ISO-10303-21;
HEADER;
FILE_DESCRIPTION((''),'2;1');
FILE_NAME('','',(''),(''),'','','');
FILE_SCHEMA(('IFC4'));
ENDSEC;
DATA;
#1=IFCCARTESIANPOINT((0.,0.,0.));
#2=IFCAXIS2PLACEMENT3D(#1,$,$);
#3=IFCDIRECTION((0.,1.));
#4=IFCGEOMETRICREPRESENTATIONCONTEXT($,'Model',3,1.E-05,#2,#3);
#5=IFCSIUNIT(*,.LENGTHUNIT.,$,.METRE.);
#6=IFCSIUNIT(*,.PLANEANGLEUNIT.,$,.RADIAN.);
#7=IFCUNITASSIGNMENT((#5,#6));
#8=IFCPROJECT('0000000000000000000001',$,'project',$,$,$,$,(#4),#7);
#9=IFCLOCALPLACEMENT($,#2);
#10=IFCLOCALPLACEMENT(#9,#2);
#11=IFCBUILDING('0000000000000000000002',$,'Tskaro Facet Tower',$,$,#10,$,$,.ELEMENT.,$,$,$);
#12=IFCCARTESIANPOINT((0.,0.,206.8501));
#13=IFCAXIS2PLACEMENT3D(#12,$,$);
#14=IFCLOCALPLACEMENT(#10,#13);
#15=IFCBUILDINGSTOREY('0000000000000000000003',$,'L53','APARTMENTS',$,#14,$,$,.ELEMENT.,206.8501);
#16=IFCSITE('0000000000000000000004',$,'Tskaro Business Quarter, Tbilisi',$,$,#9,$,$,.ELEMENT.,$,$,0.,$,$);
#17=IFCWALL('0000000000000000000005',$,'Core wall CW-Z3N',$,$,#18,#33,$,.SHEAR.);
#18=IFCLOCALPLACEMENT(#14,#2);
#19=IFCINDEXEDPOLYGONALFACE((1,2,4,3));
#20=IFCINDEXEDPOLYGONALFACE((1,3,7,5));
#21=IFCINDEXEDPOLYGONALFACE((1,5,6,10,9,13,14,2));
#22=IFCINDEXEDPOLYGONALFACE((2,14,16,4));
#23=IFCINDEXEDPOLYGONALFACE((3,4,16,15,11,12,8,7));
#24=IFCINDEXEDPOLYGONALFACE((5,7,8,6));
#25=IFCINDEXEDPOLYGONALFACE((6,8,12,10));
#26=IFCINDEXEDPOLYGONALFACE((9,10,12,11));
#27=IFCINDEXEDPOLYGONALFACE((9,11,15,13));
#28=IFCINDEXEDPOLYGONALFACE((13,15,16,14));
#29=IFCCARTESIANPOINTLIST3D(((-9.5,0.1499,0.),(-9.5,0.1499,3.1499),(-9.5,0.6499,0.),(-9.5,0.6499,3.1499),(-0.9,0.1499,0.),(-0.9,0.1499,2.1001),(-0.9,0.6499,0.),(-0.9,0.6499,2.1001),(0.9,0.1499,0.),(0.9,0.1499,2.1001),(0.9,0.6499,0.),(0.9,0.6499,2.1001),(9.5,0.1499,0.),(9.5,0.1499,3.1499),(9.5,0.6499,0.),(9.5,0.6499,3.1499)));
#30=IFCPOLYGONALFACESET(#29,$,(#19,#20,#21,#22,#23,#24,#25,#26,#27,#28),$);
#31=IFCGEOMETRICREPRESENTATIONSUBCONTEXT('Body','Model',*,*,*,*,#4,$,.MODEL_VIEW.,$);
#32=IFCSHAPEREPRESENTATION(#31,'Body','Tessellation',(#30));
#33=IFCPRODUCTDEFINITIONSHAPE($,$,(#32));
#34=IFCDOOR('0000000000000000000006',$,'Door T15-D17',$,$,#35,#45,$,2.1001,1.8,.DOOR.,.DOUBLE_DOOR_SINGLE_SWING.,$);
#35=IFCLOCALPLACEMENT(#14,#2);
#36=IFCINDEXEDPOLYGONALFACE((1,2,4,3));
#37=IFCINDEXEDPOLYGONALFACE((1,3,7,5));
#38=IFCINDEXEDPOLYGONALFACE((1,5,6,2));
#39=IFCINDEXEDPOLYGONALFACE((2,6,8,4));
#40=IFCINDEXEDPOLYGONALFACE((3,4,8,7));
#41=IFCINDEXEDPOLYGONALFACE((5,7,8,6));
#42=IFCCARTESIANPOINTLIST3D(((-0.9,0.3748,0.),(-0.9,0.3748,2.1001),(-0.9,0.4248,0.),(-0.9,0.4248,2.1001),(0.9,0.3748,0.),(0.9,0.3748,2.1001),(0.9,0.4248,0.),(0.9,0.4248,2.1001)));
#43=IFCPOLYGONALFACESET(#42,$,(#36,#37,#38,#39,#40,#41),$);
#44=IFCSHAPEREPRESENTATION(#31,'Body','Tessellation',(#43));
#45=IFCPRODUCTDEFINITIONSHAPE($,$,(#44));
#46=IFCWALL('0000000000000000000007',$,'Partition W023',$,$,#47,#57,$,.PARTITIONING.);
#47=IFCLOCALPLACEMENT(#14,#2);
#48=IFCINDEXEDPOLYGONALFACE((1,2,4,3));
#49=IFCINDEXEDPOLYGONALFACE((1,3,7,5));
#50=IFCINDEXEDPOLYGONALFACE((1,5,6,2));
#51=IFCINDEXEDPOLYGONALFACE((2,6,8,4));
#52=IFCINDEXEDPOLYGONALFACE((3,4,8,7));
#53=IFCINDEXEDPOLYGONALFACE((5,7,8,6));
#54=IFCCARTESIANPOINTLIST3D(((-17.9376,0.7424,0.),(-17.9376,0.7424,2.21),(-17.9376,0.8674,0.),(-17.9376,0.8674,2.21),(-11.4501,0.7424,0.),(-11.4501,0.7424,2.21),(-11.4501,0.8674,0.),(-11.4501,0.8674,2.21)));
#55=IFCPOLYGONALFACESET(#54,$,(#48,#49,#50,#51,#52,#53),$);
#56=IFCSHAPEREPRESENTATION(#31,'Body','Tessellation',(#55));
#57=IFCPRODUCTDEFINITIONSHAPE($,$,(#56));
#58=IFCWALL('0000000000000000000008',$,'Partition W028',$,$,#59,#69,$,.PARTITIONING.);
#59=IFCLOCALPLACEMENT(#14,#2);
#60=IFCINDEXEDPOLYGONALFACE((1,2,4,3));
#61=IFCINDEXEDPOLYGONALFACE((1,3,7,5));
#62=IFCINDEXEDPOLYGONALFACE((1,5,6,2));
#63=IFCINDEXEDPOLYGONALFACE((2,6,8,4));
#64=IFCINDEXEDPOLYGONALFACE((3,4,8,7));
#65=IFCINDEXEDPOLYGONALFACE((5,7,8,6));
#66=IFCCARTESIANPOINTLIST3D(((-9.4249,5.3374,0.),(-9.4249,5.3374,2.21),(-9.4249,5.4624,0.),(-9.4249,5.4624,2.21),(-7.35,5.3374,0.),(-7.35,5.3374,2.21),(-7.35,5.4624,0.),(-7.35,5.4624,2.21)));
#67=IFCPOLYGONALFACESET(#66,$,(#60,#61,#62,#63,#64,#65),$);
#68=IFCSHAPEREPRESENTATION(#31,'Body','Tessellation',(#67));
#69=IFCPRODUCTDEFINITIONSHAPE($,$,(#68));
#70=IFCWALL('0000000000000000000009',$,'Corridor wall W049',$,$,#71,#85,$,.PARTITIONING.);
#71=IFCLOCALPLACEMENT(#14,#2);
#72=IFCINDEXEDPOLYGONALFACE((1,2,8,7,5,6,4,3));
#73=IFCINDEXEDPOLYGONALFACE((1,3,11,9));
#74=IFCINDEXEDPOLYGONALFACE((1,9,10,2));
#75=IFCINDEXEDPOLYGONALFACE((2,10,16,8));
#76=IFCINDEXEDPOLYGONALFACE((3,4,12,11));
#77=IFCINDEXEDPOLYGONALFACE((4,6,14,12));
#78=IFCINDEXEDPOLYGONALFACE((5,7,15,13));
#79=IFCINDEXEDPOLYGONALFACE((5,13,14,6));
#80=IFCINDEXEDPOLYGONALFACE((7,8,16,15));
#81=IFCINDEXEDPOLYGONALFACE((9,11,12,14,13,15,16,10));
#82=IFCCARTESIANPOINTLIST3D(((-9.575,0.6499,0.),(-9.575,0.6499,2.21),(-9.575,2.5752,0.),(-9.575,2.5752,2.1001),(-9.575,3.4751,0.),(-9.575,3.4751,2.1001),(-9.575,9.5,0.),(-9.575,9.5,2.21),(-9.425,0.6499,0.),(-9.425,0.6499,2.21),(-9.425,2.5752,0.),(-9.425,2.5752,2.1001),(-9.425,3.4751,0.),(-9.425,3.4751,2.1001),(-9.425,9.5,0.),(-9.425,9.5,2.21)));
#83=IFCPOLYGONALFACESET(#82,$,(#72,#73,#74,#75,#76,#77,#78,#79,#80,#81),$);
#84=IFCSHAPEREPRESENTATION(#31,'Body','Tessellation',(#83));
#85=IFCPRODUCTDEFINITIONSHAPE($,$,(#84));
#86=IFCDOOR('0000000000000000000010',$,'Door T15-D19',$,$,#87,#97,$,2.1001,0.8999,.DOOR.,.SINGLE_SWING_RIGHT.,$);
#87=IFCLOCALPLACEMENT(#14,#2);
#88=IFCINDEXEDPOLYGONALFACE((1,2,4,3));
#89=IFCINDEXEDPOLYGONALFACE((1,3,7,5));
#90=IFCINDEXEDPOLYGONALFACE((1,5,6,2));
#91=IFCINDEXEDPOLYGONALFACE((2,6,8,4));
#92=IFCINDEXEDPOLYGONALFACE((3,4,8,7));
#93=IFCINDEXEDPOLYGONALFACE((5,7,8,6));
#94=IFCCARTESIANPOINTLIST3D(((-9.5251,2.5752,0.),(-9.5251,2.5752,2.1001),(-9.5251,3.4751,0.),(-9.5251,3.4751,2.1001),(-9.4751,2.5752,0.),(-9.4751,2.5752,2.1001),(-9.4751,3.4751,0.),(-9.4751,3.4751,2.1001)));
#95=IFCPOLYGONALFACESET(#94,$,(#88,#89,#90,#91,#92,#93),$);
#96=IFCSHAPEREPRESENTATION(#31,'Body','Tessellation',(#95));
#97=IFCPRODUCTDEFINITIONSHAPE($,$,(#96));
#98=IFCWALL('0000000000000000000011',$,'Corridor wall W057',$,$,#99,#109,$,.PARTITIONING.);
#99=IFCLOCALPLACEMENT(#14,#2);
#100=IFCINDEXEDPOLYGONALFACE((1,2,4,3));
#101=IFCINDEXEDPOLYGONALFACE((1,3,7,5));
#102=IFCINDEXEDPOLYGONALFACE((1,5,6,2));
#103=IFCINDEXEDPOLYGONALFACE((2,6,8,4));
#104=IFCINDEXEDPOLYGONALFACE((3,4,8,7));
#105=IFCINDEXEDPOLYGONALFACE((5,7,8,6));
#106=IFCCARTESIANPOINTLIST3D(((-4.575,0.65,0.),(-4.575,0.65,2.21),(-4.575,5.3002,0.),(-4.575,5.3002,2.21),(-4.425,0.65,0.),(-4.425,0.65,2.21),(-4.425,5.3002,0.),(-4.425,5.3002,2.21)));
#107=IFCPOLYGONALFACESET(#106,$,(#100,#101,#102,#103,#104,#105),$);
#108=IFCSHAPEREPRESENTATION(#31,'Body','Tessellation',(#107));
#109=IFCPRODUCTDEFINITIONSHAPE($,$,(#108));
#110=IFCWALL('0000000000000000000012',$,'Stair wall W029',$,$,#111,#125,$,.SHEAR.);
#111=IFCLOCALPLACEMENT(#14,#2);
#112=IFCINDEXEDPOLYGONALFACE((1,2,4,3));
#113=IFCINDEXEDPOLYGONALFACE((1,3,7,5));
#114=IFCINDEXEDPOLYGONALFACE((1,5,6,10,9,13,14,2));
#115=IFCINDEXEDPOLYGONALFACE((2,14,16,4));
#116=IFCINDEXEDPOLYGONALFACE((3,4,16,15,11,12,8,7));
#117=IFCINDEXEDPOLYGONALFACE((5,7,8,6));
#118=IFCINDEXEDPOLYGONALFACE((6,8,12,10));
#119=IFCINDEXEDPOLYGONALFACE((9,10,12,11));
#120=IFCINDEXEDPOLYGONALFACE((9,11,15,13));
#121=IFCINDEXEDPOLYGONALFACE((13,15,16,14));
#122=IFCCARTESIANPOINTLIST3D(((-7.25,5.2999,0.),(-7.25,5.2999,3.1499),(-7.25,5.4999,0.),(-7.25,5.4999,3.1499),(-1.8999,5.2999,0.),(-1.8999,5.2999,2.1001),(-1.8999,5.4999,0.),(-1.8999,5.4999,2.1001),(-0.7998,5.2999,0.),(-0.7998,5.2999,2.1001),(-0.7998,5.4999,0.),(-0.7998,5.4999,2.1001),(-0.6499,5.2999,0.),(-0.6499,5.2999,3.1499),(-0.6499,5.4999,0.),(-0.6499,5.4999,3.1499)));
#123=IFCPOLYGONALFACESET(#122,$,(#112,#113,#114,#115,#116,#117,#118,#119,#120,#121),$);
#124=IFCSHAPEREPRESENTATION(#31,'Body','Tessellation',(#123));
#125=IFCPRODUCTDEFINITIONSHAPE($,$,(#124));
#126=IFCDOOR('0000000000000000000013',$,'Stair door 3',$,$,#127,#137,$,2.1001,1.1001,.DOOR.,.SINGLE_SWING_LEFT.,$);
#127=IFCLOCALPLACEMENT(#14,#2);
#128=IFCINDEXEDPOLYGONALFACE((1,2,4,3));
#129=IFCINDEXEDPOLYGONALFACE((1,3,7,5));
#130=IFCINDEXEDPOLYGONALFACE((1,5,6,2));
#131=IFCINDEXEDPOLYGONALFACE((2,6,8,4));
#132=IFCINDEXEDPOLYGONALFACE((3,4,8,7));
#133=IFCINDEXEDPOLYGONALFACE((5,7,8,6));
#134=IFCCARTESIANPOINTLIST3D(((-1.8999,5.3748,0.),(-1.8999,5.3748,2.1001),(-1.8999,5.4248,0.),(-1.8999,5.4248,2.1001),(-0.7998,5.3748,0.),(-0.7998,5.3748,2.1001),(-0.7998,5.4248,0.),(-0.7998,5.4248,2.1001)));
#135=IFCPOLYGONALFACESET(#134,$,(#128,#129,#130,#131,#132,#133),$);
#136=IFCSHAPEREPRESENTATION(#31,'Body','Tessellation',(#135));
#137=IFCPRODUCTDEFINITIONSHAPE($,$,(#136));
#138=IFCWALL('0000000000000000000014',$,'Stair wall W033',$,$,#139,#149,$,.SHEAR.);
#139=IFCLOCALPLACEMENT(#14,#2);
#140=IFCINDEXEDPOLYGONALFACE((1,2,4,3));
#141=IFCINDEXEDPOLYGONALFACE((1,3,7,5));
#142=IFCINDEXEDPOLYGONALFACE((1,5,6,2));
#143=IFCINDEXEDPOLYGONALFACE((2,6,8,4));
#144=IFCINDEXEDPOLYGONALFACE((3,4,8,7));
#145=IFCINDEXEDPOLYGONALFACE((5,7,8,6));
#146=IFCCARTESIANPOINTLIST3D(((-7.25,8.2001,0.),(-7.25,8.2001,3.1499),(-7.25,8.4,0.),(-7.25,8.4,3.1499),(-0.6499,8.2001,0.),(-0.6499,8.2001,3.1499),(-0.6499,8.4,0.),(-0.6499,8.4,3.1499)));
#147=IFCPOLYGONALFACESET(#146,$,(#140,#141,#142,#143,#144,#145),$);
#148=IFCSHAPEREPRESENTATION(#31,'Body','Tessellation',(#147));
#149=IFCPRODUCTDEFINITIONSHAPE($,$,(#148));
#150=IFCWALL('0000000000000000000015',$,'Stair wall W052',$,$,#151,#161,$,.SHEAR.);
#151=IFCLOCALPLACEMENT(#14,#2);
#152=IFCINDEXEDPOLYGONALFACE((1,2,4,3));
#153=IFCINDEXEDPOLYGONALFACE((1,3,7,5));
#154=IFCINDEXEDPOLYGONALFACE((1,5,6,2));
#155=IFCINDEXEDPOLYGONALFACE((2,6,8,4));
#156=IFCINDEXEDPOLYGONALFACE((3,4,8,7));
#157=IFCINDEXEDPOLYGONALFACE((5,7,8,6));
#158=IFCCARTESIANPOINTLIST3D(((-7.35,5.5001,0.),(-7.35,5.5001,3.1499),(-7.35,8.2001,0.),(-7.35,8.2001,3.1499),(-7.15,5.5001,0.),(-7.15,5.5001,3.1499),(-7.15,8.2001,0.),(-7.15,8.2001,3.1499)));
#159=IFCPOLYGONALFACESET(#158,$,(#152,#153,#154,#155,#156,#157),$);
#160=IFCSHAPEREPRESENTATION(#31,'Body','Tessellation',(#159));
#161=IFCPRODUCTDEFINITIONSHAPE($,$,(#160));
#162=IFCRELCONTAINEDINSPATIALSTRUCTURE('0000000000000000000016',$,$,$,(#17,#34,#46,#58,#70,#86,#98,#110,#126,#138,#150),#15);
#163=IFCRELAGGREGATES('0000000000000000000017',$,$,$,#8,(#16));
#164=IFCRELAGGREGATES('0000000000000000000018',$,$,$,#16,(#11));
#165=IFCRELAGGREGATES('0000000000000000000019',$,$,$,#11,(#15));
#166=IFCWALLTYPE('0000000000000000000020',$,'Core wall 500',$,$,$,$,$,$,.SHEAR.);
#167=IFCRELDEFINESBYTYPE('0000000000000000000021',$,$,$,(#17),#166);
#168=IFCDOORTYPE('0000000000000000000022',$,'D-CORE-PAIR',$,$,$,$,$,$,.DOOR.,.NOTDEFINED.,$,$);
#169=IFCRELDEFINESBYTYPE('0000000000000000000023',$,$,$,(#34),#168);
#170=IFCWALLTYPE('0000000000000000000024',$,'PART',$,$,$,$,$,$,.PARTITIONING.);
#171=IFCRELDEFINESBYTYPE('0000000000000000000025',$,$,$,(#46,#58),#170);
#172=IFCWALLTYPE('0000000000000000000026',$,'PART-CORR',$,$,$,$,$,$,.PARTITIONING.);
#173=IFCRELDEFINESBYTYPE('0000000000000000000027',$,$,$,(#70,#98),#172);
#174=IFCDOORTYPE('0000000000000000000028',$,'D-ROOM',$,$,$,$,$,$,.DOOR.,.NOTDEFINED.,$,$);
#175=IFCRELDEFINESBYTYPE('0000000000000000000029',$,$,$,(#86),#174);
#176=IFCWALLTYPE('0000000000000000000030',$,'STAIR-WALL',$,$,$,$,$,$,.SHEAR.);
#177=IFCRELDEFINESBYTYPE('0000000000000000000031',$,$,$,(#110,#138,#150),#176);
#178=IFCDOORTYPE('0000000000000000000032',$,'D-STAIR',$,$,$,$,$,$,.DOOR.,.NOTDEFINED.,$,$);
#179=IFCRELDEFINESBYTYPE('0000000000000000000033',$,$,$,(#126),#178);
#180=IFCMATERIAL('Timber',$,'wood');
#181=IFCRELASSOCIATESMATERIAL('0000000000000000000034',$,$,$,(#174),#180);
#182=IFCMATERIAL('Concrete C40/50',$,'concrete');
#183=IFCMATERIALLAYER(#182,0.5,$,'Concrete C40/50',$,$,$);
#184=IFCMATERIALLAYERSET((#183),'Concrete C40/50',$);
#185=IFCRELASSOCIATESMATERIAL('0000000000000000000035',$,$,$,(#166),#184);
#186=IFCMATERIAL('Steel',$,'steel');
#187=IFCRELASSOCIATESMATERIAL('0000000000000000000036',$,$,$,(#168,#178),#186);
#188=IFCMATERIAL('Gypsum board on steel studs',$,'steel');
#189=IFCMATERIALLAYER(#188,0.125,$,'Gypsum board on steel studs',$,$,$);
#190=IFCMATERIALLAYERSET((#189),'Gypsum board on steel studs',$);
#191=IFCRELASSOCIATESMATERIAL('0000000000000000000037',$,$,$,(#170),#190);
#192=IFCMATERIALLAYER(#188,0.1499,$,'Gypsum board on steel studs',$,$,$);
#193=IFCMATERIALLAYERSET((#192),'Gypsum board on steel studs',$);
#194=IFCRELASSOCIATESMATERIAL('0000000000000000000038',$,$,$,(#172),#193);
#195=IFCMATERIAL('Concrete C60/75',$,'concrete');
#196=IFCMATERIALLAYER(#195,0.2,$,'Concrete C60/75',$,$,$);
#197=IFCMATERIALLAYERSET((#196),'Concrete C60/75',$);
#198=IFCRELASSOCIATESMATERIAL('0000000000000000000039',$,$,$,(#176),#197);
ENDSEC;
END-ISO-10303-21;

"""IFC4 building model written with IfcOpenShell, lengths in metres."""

from ifc_helpers import new_model, si_unit, direction, frame, frame_2d, origin, place, context, subcontext, project, spatial, rectangle, extrude, material, layer, layer_set, type_object, element, fill, save


model = new_model("IFC4")

# Units and contexts
model_context = context("Model", 3, precision=1e-05, world=origin(), true_north=direction((0.0, 1.0)))
body_context = subcontext(model_context, "Body", "Model", "MODEL_VIEW")
ifc_project = project(units=[si_unit("LENGTHUNIT", "METRE"), si_unit("PLANEANGLEUNIT", "RADIAN")], contexts=[model_context])

# Site, building, storey
site_placement = place(None, origin())
site = spatial("IfcSite", under=ifc_project, at=site_placement, Name="Tskaro Business Quarter, Tbilisi", CompositionType="ELEMENT", RefElevation=0.0)
building_placement = place(site_placement, origin())
building = spatial("IfcBuilding", under=site, at=building_placement, Name="Tskaro Facet Tower", CompositionType="ELEMENT")
storey_placement = place(building_placement, frame((0.0, 0.0, 206.8501)))
storey = spatial("IfcBuildingStorey", under=building, at=storey_placement, Name="L53", Description="APARTMENTS", CompositionType="ELEMENT", Elevation=206.8501)

# Shared definitions
ifc_material_1 = material(Name="Timber", Category="wood")
door_type_1 = type_object("IfcDoorType", Name="D-ROOM", OperationType="NOTDEFINED", PredefinedType="DOOR", material=ifc_material_1)

# Wall, opening, door
ifc_material_2 = material(Name="Concrete C40/50", Category="concrete")
ifc_layer_1 = layer(ifc_material_2, 0.5, Name="Concrete C40/50")
ifc_layer_set_1 = layer_set([ifc_layer_1], Name="Concrete C40/50")
wall_type_1 = type_object("IfcWallType", Name="Core wall 500", PredefinedType="SHEAR", material=ifc_layer_set_1)
wall_1_placement = place(storey_placement, frame((-9.5, 0.3999, 0.0), z_axis=(0.0, 0.0, 1.0), x_axis=(1.0, 0.0, 0.0)))
wall_1 = element("IfcWall", 1, at=wall_1_placement, inside=storey, type_object=wall_type_1, Name="Core wall CW-Z3N", PredefinedType="SHEAR", context=body_context, shape_type="SweptSolid", body=[
    extrude(rectangle(XDim=19.0, YDim=0.5, at=frame_2d((9.5, 0.0))), origin(), (0.0, 0.0, 1.0), 3.1499),
])
opening_1_placement = place(wall_1_placement, frame((8.6001, 0.0, 0.0)))
opening_1 = element("IfcOpeningElement", 2, at=opening_1_placement, cuts=wall_1, PredefinedType="OPENING", context=body_context, shape_type="SweptSolid", body=[
    extrude(rectangle(XDim=1.8, YDim=2.1001, at=frame_2d((0.8999, 1.05))), frame((0.0, 0.26, 0.0), z_axis=(0.0, -1.0, 0.0), x_axis=(1.0, 0.0, 0.0)), (0.0, 0.0, 1.0), 0.52),
])
ifc_material_3 = material(Name="Steel", Category="steel")
door_type_2 = type_object("IfcDoorType", Name="D-CORE-PAIR", OperationType="NOTDEFINED", PredefinedType="DOOR", material=ifc_material_3)
door_1_placement = place(opening_1_placement, origin())
door_1 = element("IfcDoor", 3, at=door_1_placement, inside=storey, type_object=door_type_2, Name="Door T15-D17", OperationType="DOUBLE_DOOR_SINGLE_SWING", OverallHeight=2.1001, OverallWidth=1.8, PredefinedType="DOOR", context=body_context, shape_type="SweptSolid", body=[
    extrude(rectangle(XDim=1.8, YDim=2.1001, at=frame_2d((0.8999, 1.05))), frame((0.0, 0.0249, 0.0), z_axis=(0.0, -1.0, 0.0), x_axis=(1.0, 0.0, 0.0)), (0.0, 0.0, 1.0), 0.05),
])
fill(opening_1, door_1)

# Walls
ifc_material_4 = material(Name="Gypsum board on steel studs", Category="steel")
ifc_layer_2 = layer(ifc_material_4, 0.125, Name="Gypsum board on steel studs")
ifc_layer_set_2 = layer_set([ifc_layer_2], Name="Gypsum board on steel studs")
wall_type_2 = type_object("IfcWallType", Name="PART", PredefinedType="PARTITIONING", material=ifc_layer_set_2)
wall_2_placement = place(storey_placement, frame((-17.9375, 0.8049, 0.0), z_axis=(0.0, 0.0, 1.0), x_axis=(1.0, 0.0, 0.0)))
element("IfcWall", 4, at=wall_2_placement, inside=storey, type_object=wall_type_2, Name="Partition W023", PredefinedType="PARTITIONING", context=body_context, shape_type="SweptSolid", body=[
    extrude(rectangle(XDim=6.4875, YDim=0.125, at=frame_2d((3.2437, 0.0))), origin(), (0.0, 0.0, 1.0), 2.21),
])
wall_3_placement = place(storey_placement, frame((-9.425, 5.3999, 0.0), z_axis=(0.0, 0.0, 1.0), x_axis=(1.0, 0.0, 0.0)))
element("IfcWall", 5, at=wall_3_placement, inside=storey, type_object=wall_type_2, Name="Partition W028", PredefinedType="PARTITIONING", context=body_context, shape_type="SweptSolid", body=[
    extrude(rectangle(XDim=2.075, YDim=0.125, at=frame_2d((1.0376, 0.0))), origin(), (0.0, 0.0, 1.0), 2.21),
])

# Wall, opening, door
ifc_layer_3 = layer(ifc_material_4, 0.1499, Name="Gypsum board on steel studs")
ifc_layer_set_3 = layer_set([ifc_layer_3], Name="Gypsum board on steel studs")
wall_type_3 = type_object("IfcWallType", Name="PART-CORR", PredefinedType="PARTITIONING", material=ifc_layer_set_3)
wall_4_placement = place(storey_placement, frame((-9.5, 9.5, 0.0), z_axis=(0.0, 0.0, 1.0), x_axis=(0.0, -1.0, 0.0)))
wall_4 = element("IfcWall", 6, at=wall_4_placement, inside=storey, type_object=wall_type_3, Name="Corridor wall W049", PredefinedType="PARTITIONING", context=body_context, shape_type="SweptSolid", body=[
    extrude(rectangle(XDim=8.8501, YDim=0.1499, at=frame_2d((4.425, 0.0))), origin(), (0.0, 0.0, 1.0), 2.21),
])
opening_2_placement = place(wall_4_placement, frame((6.0249, 0.0, 0.0)))
opening_2 = element("IfcOpeningElement", 7, at=opening_2_placement, cuts=wall_4, PredefinedType="OPENING", context=body_context, shape_type="SweptSolid", body=[
    extrude(rectangle(XDim=0.8999, YDim=2.1001, at=frame_2d((0.45, 1.05))), frame((0.0, 0.085, 0.0), z_axis=(0.0, -1.0, 0.0), x_axis=(1.0, 0.0, 0.0)), (0.0, 0.0, 1.0), 0.1699),
])
door_2_placement = place(opening_2_placement, origin())
door_2 = element("IfcDoor", 8, at=door_2_placement, inside=storey, type_object=door_type_1, Name="Door T15-D19", OperationType="SINGLE_SWING_RIGHT", OverallHeight=2.1001, OverallWidth=0.8999, PredefinedType="DOOR", context=body_context, shape_type="SweptSolid", body=[
    extrude(rectangle(XDim=0.8999, YDim=2.1001, at=frame_2d((0.45, 1.05))), frame((0.0, 0.0249, 0.0), z_axis=(0.0, -1.0, 0.0), x_axis=(1.0, 0.0, 0.0)), (0.0, 0.0, 1.0), 0.05),
])
fill(opening_2, door_2)

# Wall
wall_5_placement = place(storey_placement, frame((-4.5, 0.6499, 0.0), z_axis=(0.0, 0.0, 1.0), x_axis=(0.0, 1.0, 0.0)))
element("IfcWall", 9, at=wall_5_placement, inside=storey, type_object=wall_type_3, Name="Corridor wall W057", PredefinedType="PARTITIONING", context=body_context, shape_type="SweptSolid", body=[
    extrude(rectangle(XDim=4.6501, YDim=0.1499, at=frame_2d((2.3252, 0.0))), origin(), (0.0, 0.0, 1.0), 2.21),
])

# Wall, opening, door
ifc_material_5 = material(Name="Concrete C60/75", Category="concrete")
ifc_layer_4 = layer(ifc_material_5, 0.2, Name="Concrete C60/75")
ifc_layer_set_4 = layer_set([ifc_layer_4], Name="Concrete C60/75")
wall_type_4 = type_object("IfcWallType", Name="STAIR-WALL", PredefinedType="SHEAR", material=ifc_layer_set_4)
wall_6_placement = place(storey_placement, frame((-7.25, 5.3999, 0.0), z_axis=(0.0, 0.0, 1.0), x_axis=(1.0, 0.0, 0.0)))
wall_6 = element("IfcWall", 10, at=wall_6_placement, inside=storey, type_object=wall_type_4, Name="Stair wall W029", PredefinedType="SHEAR", context=body_context, shape_type="SweptSolid", body=[
    extrude(rectangle(XDim=6.6001, YDim=0.2, at=frame_2d((3.3, 0.0))), origin(), (0.0, 0.0, 1.0), 3.1499),
])
opening_3_placement = place(wall_6_placement, frame((5.3501, 0.0, 0.0)))
opening_3 = element("IfcOpeningElement", 11, at=opening_3_placement, cuts=wall_6, PredefinedType="OPENING", context=body_context, shape_type="SweptSolid", body=[
    extrude(rectangle(XDim=1.1001, YDim=2.1001, at=frame_2d((0.55, 1.05))), frame((0.0, 0.1099, 0.0), z_axis=(0.0, -1.0, 0.0), x_axis=(1.0, 0.0, 0.0)), (0.0, 0.0, 1.0), 0.22),
])
door_type_3 = type_object("IfcDoorType", Name="D-STAIR", OperationType="NOTDEFINED", PredefinedType="DOOR", material=ifc_material_3)
door_3_placement = place(opening_3_placement, origin())
door_3 = element("IfcDoor", 12, at=door_3_placement, inside=storey, type_object=door_type_3, Name="Stair door 3", OperationType="SINGLE_SWING_LEFT", OverallHeight=2.1001, OverallWidth=1.1001, PredefinedType="DOOR", context=body_context, shape_type="SweptSolid", body=[
    extrude(rectangle(XDim=1.1001, YDim=2.1001, at=frame_2d((0.55, 1.05))), frame((0.0, 0.0249, 0.0), z_axis=(0.0, -1.0, 0.0), x_axis=(1.0, 0.0, 0.0)), (0.0, 0.0, 1.0), 0.05),
])
fill(opening_3, door_3)

# Walls
wall_7_placement = place(storey_placement, frame((-7.25, 8.3, 0.0), z_axis=(0.0, 0.0, 1.0), x_axis=(1.0, 0.0, 0.0)))
element("IfcWall", 13, at=wall_7_placement, inside=storey, type_object=wall_type_4, Name="Stair wall W033", PredefinedType="SHEAR", context=body_context, shape_type="SweptSolid", body=[
    extrude(rectangle(XDim=6.6001, YDim=0.2, at=frame_2d((3.3, 0.0))), origin(), (0.0, 0.0, 1.0), 3.1499),
])
wall_8_placement = place(storey_placement, frame((-7.25, 5.5, 0.0), z_axis=(0.0, 0.0, 1.0), x_axis=(0.0, 1.0, 0.0)))
element("IfcWall", 14, at=wall_8_placement, inside=storey, type_object=wall_type_4, Name="Stair wall W052", PredefinedType="SHEAR", context=body_context, shape_type="SweptSolid", body=[
    extrude(rectangle(XDim=2.7, YDim=0.2, at=frame_2d((1.3501, 0.0))), origin(), (0.0, 0.0, 1.0), 3.1499),
])

save(model, "model.ifc")
